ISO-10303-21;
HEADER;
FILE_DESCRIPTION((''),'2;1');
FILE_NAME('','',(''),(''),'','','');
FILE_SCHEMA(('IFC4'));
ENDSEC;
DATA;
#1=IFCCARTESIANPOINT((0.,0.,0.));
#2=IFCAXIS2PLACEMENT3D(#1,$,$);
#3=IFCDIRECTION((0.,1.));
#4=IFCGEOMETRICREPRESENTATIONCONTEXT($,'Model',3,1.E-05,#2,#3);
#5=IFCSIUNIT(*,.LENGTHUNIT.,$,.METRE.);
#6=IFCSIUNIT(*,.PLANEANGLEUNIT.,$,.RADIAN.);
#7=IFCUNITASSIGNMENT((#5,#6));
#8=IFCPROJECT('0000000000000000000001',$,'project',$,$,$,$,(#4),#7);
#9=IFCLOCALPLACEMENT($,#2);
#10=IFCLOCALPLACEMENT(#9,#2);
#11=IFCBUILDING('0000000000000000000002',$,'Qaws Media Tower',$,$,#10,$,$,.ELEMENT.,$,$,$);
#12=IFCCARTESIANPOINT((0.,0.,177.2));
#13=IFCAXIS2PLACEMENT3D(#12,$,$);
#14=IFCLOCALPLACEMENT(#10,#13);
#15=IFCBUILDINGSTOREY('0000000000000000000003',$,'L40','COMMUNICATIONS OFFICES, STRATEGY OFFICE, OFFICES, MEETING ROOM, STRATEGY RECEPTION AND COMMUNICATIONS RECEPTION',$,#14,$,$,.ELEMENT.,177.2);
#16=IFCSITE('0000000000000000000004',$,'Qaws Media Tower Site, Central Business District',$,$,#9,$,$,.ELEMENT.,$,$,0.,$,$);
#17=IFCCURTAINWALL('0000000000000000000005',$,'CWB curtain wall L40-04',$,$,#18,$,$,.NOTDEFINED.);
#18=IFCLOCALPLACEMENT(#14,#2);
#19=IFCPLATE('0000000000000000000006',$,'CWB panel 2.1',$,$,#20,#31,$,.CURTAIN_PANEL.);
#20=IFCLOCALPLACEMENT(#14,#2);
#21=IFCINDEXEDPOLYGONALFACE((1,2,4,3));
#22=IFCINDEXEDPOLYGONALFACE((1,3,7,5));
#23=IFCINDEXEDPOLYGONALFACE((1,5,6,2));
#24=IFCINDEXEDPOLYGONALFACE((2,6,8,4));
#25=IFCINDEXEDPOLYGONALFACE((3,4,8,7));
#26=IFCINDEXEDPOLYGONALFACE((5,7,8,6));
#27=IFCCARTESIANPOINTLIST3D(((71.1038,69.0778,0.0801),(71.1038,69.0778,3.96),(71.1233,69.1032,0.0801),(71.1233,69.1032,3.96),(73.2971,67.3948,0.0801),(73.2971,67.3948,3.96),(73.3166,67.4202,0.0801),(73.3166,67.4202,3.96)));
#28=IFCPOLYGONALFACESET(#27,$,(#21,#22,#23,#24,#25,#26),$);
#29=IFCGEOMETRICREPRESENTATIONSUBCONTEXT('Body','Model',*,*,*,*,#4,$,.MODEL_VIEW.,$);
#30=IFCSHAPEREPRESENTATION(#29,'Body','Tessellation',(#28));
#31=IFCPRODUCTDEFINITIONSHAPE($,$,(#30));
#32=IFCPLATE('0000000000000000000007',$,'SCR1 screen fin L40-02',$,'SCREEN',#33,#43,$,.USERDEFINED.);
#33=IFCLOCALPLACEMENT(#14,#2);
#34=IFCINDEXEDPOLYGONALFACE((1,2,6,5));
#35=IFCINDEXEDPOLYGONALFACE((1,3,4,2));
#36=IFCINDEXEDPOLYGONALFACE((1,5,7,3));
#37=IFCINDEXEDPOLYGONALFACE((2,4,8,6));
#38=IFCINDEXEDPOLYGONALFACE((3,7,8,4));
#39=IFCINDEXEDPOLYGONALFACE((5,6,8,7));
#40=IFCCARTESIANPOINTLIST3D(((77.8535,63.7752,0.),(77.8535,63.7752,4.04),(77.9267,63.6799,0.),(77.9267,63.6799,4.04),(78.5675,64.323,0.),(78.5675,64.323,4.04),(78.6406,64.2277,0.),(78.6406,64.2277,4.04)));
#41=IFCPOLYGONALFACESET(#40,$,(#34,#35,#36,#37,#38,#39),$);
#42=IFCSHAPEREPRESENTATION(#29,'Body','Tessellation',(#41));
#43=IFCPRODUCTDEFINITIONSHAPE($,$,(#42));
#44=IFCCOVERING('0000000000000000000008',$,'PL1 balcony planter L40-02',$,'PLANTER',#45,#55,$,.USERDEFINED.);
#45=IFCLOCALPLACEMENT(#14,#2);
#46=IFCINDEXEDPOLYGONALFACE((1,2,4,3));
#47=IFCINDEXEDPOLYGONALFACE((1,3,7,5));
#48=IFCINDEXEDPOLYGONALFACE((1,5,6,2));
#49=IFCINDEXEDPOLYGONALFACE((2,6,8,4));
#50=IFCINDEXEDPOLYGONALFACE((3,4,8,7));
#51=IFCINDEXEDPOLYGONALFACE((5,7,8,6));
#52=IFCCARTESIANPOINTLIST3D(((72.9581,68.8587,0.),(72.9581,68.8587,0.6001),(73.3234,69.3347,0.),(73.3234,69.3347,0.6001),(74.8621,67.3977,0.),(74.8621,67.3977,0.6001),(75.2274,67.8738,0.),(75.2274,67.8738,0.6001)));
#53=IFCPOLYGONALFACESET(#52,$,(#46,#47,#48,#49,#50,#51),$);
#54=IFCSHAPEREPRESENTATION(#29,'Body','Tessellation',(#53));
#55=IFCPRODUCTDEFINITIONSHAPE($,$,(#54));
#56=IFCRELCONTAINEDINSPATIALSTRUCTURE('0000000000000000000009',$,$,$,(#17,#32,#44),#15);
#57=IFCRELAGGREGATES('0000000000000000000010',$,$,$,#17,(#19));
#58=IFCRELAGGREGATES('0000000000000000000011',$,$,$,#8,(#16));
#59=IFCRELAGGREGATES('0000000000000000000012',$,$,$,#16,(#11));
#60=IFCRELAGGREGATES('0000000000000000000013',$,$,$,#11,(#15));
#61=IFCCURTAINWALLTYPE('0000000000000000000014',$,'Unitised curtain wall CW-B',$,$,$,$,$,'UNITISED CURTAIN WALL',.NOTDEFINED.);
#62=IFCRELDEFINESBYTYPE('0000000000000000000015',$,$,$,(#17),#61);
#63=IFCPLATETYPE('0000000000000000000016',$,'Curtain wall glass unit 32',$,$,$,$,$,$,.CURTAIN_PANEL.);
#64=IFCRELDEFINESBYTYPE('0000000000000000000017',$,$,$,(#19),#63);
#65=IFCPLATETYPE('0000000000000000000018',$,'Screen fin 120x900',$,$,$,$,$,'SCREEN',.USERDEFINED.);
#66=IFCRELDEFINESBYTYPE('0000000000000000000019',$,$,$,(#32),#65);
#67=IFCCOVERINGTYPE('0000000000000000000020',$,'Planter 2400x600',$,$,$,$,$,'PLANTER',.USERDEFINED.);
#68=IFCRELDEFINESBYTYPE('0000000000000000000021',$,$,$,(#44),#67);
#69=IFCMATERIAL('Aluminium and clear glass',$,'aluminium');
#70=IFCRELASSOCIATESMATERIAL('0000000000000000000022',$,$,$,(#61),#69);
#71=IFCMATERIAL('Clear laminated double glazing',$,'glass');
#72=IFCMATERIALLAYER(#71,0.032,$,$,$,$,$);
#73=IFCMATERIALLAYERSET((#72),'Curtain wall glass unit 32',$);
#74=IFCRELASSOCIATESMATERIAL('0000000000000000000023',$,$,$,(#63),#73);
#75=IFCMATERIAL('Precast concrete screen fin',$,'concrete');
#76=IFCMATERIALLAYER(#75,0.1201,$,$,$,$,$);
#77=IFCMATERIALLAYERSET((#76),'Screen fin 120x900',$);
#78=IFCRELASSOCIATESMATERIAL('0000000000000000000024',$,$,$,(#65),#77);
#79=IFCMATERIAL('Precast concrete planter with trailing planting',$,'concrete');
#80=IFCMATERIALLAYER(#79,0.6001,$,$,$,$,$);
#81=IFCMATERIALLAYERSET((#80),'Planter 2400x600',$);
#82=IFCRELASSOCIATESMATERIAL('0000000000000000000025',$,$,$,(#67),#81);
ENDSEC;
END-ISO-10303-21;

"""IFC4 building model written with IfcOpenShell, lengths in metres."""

from ifc_helpers import new_model, si_unit, direction, frame, origin, origin_2d, place, context, subcontext, project, spatial, rectangle, extrude, material, layer, layer_set, type_object, element, aggregate, save


model = new_model("IFC4")

# Units and contexts
model_context = context("Model", 3, precision=1e-05, world=origin(), true_north=direction((0.0, 1.0)))
body_context = subcontext(model_context, "Body", "Model", "MODEL_VIEW")
ifc_project = project(units=[si_unit("LENGTHUNIT", "METRE"), si_unit("PLANEANGLEUNIT", "RADIAN")], contexts=[model_context])

# Site, building, storey
site_placement = place(None, origin())
site = spatial("IfcSite", under=ifc_project, at=site_placement, Name="Qaws Media Tower Site, Central Business District", CompositionType="ELEMENT", RefElevation=0.0)
building_placement = place(site_placement, origin())
building = spatial("IfcBuilding", under=site, at=building_placement, Name="Qaws Media Tower", CompositionType="ELEMENT")
storey_placement = place(building_placement, frame((0.0, 0.0, 177.2)))
storey = spatial("IfcBuildingStorey", under=building, at=storey_placement, Name="L40", Description="COMMUNICATIONS OFFICES, STRATEGY OFFICE, OFFICES, MEETING ROOM, STRATEGY RECEPTION AND COMMUNICATIONS RECEPTION", CompositionType="ELEMENT", Elevation=177.2)

# Shared definitions
ifc_material_1 = material(Name="Aluminium and clear glass", Category="aluminium")
curtain_wall_type = type_object("IfcCurtainWallType", Name="Unitised curtain wall CW-B", ElementType="UNITISED CURTAIN WALL", PredefinedType="NOTDEFINED", material=ifc_material_1)

# Curtain wall
curtain_wall_1_placement = place(storey_placement, origin())
curtain_wall_1 = element("IfcCurtainWall", 1, at=curtain_wall_1_placement, inside=storey, type_object=curtain_wall_type, Name="CWB curtain wall L40-04", PredefinedType="NOTDEFINED")

# Plates
ifc_material_2 = material(Name="Clear laminated double glazing", Category="glass")
ifc_layer_1 = layer(ifc_material_2, 0.032)
ifc_layer_set_1 = layer_set([ifc_layer_1], Name="Curtain wall glass unit 32")
plate_type_1 = type_object("IfcPlateType", Name="Curtain wall glass unit 32", PredefinedType="CURTAIN_PANEL", material=ifc_layer_set_1)
plate_1_placement = place(storey_placement, frame((72.2102, 68.249, 0.0801), z_axis=(0.0, 0.0, 1.0), x_axis=(-0.793353, 0.608761, 0.0)))
plate_1 = element("IfcPlate", 2, at=plate_1_placement, type_object=plate_type_1, Name="CWB panel 2.1", PredefinedType="CURTAIN_PANEL", context=body_context, shape_type="SweptSolid", body=[
    extrude(rectangle(XDim=2.7646, YDim=0.032, at=origin_2d()), origin(), (0.0, 0.0, 1.0), 3.8799),
])
aggregate(curtain_wall_1, [plate_1])
ifc_material_3 = material(Name="Precast concrete screen fin", Category="concrete")
ifc_layer_2 = layer(ifc_material_3, 0.1201)
ifc_layer_set_2 = layer_set([ifc_layer_2], Name="Screen fin 120x900")
plate_type_2 = type_object("IfcPlateType", Name="Screen fin 120x900", ElementType="SCREEN", PredefinedType="USERDEFINED", material=ifc_layer_set_2)
plate_2_placement = place(storey_placement, frame((78.2471, 64.0015, 0.0), z_axis=(0.0, 0.0, 1.0), x_axis=(0.793353, 0.608761, 0.0)))
element("IfcPlate", 3, at=plate_2_placement, inside=storey, type_object=plate_type_2, Name="SCR1 screen fin L40-02", ObjectType="SCREEN", PredefinedType="USERDEFINED", context=body_context, shape_type="SweptSolid", body=[
    extrude(rectangle(XDim=0.8999, YDim=0.1201, at=origin_2d()), origin(), (0.0, 0.0, 1.0), 4.04),
])

# Covering
ifc_material_4 = material(Name="Precast concrete planter with trailing planting", Category="concrete")
ifc_layer_3 = layer(ifc_material_4, 0.6001)
ifc_layer_set_3 = layer_set([ifc_layer_3], Name="Planter 2400x600")
covering_type = type_object("IfcCoveringType", Name="Planter 2400x600", ElementType="PLANTER", PredefinedType="USERDEFINED", material=ifc_layer_set_3)
covering_placement = place(storey_placement, frame((74.0928, 68.3662, 0.0), z_axis=(0.0, 0.0, 1.0), x_axis=(-0.793353, 0.608761, 0.0)))
element("IfcCovering", 4, at=covering_placement, inside=storey, type_object=covering_type, Name="PL1 balcony planter L40-02", ObjectType="PLANTER", PredefinedType="USERDEFINED", context=body_context, shape_type="SweptSolid", body=[
    extrude(rectangle(XDim=2.3999, YDim=0.6001, at=origin_2d()), origin(), (0.0, 0.0, 1.0), 0.6001),
])

save(model, "model.ifc")
